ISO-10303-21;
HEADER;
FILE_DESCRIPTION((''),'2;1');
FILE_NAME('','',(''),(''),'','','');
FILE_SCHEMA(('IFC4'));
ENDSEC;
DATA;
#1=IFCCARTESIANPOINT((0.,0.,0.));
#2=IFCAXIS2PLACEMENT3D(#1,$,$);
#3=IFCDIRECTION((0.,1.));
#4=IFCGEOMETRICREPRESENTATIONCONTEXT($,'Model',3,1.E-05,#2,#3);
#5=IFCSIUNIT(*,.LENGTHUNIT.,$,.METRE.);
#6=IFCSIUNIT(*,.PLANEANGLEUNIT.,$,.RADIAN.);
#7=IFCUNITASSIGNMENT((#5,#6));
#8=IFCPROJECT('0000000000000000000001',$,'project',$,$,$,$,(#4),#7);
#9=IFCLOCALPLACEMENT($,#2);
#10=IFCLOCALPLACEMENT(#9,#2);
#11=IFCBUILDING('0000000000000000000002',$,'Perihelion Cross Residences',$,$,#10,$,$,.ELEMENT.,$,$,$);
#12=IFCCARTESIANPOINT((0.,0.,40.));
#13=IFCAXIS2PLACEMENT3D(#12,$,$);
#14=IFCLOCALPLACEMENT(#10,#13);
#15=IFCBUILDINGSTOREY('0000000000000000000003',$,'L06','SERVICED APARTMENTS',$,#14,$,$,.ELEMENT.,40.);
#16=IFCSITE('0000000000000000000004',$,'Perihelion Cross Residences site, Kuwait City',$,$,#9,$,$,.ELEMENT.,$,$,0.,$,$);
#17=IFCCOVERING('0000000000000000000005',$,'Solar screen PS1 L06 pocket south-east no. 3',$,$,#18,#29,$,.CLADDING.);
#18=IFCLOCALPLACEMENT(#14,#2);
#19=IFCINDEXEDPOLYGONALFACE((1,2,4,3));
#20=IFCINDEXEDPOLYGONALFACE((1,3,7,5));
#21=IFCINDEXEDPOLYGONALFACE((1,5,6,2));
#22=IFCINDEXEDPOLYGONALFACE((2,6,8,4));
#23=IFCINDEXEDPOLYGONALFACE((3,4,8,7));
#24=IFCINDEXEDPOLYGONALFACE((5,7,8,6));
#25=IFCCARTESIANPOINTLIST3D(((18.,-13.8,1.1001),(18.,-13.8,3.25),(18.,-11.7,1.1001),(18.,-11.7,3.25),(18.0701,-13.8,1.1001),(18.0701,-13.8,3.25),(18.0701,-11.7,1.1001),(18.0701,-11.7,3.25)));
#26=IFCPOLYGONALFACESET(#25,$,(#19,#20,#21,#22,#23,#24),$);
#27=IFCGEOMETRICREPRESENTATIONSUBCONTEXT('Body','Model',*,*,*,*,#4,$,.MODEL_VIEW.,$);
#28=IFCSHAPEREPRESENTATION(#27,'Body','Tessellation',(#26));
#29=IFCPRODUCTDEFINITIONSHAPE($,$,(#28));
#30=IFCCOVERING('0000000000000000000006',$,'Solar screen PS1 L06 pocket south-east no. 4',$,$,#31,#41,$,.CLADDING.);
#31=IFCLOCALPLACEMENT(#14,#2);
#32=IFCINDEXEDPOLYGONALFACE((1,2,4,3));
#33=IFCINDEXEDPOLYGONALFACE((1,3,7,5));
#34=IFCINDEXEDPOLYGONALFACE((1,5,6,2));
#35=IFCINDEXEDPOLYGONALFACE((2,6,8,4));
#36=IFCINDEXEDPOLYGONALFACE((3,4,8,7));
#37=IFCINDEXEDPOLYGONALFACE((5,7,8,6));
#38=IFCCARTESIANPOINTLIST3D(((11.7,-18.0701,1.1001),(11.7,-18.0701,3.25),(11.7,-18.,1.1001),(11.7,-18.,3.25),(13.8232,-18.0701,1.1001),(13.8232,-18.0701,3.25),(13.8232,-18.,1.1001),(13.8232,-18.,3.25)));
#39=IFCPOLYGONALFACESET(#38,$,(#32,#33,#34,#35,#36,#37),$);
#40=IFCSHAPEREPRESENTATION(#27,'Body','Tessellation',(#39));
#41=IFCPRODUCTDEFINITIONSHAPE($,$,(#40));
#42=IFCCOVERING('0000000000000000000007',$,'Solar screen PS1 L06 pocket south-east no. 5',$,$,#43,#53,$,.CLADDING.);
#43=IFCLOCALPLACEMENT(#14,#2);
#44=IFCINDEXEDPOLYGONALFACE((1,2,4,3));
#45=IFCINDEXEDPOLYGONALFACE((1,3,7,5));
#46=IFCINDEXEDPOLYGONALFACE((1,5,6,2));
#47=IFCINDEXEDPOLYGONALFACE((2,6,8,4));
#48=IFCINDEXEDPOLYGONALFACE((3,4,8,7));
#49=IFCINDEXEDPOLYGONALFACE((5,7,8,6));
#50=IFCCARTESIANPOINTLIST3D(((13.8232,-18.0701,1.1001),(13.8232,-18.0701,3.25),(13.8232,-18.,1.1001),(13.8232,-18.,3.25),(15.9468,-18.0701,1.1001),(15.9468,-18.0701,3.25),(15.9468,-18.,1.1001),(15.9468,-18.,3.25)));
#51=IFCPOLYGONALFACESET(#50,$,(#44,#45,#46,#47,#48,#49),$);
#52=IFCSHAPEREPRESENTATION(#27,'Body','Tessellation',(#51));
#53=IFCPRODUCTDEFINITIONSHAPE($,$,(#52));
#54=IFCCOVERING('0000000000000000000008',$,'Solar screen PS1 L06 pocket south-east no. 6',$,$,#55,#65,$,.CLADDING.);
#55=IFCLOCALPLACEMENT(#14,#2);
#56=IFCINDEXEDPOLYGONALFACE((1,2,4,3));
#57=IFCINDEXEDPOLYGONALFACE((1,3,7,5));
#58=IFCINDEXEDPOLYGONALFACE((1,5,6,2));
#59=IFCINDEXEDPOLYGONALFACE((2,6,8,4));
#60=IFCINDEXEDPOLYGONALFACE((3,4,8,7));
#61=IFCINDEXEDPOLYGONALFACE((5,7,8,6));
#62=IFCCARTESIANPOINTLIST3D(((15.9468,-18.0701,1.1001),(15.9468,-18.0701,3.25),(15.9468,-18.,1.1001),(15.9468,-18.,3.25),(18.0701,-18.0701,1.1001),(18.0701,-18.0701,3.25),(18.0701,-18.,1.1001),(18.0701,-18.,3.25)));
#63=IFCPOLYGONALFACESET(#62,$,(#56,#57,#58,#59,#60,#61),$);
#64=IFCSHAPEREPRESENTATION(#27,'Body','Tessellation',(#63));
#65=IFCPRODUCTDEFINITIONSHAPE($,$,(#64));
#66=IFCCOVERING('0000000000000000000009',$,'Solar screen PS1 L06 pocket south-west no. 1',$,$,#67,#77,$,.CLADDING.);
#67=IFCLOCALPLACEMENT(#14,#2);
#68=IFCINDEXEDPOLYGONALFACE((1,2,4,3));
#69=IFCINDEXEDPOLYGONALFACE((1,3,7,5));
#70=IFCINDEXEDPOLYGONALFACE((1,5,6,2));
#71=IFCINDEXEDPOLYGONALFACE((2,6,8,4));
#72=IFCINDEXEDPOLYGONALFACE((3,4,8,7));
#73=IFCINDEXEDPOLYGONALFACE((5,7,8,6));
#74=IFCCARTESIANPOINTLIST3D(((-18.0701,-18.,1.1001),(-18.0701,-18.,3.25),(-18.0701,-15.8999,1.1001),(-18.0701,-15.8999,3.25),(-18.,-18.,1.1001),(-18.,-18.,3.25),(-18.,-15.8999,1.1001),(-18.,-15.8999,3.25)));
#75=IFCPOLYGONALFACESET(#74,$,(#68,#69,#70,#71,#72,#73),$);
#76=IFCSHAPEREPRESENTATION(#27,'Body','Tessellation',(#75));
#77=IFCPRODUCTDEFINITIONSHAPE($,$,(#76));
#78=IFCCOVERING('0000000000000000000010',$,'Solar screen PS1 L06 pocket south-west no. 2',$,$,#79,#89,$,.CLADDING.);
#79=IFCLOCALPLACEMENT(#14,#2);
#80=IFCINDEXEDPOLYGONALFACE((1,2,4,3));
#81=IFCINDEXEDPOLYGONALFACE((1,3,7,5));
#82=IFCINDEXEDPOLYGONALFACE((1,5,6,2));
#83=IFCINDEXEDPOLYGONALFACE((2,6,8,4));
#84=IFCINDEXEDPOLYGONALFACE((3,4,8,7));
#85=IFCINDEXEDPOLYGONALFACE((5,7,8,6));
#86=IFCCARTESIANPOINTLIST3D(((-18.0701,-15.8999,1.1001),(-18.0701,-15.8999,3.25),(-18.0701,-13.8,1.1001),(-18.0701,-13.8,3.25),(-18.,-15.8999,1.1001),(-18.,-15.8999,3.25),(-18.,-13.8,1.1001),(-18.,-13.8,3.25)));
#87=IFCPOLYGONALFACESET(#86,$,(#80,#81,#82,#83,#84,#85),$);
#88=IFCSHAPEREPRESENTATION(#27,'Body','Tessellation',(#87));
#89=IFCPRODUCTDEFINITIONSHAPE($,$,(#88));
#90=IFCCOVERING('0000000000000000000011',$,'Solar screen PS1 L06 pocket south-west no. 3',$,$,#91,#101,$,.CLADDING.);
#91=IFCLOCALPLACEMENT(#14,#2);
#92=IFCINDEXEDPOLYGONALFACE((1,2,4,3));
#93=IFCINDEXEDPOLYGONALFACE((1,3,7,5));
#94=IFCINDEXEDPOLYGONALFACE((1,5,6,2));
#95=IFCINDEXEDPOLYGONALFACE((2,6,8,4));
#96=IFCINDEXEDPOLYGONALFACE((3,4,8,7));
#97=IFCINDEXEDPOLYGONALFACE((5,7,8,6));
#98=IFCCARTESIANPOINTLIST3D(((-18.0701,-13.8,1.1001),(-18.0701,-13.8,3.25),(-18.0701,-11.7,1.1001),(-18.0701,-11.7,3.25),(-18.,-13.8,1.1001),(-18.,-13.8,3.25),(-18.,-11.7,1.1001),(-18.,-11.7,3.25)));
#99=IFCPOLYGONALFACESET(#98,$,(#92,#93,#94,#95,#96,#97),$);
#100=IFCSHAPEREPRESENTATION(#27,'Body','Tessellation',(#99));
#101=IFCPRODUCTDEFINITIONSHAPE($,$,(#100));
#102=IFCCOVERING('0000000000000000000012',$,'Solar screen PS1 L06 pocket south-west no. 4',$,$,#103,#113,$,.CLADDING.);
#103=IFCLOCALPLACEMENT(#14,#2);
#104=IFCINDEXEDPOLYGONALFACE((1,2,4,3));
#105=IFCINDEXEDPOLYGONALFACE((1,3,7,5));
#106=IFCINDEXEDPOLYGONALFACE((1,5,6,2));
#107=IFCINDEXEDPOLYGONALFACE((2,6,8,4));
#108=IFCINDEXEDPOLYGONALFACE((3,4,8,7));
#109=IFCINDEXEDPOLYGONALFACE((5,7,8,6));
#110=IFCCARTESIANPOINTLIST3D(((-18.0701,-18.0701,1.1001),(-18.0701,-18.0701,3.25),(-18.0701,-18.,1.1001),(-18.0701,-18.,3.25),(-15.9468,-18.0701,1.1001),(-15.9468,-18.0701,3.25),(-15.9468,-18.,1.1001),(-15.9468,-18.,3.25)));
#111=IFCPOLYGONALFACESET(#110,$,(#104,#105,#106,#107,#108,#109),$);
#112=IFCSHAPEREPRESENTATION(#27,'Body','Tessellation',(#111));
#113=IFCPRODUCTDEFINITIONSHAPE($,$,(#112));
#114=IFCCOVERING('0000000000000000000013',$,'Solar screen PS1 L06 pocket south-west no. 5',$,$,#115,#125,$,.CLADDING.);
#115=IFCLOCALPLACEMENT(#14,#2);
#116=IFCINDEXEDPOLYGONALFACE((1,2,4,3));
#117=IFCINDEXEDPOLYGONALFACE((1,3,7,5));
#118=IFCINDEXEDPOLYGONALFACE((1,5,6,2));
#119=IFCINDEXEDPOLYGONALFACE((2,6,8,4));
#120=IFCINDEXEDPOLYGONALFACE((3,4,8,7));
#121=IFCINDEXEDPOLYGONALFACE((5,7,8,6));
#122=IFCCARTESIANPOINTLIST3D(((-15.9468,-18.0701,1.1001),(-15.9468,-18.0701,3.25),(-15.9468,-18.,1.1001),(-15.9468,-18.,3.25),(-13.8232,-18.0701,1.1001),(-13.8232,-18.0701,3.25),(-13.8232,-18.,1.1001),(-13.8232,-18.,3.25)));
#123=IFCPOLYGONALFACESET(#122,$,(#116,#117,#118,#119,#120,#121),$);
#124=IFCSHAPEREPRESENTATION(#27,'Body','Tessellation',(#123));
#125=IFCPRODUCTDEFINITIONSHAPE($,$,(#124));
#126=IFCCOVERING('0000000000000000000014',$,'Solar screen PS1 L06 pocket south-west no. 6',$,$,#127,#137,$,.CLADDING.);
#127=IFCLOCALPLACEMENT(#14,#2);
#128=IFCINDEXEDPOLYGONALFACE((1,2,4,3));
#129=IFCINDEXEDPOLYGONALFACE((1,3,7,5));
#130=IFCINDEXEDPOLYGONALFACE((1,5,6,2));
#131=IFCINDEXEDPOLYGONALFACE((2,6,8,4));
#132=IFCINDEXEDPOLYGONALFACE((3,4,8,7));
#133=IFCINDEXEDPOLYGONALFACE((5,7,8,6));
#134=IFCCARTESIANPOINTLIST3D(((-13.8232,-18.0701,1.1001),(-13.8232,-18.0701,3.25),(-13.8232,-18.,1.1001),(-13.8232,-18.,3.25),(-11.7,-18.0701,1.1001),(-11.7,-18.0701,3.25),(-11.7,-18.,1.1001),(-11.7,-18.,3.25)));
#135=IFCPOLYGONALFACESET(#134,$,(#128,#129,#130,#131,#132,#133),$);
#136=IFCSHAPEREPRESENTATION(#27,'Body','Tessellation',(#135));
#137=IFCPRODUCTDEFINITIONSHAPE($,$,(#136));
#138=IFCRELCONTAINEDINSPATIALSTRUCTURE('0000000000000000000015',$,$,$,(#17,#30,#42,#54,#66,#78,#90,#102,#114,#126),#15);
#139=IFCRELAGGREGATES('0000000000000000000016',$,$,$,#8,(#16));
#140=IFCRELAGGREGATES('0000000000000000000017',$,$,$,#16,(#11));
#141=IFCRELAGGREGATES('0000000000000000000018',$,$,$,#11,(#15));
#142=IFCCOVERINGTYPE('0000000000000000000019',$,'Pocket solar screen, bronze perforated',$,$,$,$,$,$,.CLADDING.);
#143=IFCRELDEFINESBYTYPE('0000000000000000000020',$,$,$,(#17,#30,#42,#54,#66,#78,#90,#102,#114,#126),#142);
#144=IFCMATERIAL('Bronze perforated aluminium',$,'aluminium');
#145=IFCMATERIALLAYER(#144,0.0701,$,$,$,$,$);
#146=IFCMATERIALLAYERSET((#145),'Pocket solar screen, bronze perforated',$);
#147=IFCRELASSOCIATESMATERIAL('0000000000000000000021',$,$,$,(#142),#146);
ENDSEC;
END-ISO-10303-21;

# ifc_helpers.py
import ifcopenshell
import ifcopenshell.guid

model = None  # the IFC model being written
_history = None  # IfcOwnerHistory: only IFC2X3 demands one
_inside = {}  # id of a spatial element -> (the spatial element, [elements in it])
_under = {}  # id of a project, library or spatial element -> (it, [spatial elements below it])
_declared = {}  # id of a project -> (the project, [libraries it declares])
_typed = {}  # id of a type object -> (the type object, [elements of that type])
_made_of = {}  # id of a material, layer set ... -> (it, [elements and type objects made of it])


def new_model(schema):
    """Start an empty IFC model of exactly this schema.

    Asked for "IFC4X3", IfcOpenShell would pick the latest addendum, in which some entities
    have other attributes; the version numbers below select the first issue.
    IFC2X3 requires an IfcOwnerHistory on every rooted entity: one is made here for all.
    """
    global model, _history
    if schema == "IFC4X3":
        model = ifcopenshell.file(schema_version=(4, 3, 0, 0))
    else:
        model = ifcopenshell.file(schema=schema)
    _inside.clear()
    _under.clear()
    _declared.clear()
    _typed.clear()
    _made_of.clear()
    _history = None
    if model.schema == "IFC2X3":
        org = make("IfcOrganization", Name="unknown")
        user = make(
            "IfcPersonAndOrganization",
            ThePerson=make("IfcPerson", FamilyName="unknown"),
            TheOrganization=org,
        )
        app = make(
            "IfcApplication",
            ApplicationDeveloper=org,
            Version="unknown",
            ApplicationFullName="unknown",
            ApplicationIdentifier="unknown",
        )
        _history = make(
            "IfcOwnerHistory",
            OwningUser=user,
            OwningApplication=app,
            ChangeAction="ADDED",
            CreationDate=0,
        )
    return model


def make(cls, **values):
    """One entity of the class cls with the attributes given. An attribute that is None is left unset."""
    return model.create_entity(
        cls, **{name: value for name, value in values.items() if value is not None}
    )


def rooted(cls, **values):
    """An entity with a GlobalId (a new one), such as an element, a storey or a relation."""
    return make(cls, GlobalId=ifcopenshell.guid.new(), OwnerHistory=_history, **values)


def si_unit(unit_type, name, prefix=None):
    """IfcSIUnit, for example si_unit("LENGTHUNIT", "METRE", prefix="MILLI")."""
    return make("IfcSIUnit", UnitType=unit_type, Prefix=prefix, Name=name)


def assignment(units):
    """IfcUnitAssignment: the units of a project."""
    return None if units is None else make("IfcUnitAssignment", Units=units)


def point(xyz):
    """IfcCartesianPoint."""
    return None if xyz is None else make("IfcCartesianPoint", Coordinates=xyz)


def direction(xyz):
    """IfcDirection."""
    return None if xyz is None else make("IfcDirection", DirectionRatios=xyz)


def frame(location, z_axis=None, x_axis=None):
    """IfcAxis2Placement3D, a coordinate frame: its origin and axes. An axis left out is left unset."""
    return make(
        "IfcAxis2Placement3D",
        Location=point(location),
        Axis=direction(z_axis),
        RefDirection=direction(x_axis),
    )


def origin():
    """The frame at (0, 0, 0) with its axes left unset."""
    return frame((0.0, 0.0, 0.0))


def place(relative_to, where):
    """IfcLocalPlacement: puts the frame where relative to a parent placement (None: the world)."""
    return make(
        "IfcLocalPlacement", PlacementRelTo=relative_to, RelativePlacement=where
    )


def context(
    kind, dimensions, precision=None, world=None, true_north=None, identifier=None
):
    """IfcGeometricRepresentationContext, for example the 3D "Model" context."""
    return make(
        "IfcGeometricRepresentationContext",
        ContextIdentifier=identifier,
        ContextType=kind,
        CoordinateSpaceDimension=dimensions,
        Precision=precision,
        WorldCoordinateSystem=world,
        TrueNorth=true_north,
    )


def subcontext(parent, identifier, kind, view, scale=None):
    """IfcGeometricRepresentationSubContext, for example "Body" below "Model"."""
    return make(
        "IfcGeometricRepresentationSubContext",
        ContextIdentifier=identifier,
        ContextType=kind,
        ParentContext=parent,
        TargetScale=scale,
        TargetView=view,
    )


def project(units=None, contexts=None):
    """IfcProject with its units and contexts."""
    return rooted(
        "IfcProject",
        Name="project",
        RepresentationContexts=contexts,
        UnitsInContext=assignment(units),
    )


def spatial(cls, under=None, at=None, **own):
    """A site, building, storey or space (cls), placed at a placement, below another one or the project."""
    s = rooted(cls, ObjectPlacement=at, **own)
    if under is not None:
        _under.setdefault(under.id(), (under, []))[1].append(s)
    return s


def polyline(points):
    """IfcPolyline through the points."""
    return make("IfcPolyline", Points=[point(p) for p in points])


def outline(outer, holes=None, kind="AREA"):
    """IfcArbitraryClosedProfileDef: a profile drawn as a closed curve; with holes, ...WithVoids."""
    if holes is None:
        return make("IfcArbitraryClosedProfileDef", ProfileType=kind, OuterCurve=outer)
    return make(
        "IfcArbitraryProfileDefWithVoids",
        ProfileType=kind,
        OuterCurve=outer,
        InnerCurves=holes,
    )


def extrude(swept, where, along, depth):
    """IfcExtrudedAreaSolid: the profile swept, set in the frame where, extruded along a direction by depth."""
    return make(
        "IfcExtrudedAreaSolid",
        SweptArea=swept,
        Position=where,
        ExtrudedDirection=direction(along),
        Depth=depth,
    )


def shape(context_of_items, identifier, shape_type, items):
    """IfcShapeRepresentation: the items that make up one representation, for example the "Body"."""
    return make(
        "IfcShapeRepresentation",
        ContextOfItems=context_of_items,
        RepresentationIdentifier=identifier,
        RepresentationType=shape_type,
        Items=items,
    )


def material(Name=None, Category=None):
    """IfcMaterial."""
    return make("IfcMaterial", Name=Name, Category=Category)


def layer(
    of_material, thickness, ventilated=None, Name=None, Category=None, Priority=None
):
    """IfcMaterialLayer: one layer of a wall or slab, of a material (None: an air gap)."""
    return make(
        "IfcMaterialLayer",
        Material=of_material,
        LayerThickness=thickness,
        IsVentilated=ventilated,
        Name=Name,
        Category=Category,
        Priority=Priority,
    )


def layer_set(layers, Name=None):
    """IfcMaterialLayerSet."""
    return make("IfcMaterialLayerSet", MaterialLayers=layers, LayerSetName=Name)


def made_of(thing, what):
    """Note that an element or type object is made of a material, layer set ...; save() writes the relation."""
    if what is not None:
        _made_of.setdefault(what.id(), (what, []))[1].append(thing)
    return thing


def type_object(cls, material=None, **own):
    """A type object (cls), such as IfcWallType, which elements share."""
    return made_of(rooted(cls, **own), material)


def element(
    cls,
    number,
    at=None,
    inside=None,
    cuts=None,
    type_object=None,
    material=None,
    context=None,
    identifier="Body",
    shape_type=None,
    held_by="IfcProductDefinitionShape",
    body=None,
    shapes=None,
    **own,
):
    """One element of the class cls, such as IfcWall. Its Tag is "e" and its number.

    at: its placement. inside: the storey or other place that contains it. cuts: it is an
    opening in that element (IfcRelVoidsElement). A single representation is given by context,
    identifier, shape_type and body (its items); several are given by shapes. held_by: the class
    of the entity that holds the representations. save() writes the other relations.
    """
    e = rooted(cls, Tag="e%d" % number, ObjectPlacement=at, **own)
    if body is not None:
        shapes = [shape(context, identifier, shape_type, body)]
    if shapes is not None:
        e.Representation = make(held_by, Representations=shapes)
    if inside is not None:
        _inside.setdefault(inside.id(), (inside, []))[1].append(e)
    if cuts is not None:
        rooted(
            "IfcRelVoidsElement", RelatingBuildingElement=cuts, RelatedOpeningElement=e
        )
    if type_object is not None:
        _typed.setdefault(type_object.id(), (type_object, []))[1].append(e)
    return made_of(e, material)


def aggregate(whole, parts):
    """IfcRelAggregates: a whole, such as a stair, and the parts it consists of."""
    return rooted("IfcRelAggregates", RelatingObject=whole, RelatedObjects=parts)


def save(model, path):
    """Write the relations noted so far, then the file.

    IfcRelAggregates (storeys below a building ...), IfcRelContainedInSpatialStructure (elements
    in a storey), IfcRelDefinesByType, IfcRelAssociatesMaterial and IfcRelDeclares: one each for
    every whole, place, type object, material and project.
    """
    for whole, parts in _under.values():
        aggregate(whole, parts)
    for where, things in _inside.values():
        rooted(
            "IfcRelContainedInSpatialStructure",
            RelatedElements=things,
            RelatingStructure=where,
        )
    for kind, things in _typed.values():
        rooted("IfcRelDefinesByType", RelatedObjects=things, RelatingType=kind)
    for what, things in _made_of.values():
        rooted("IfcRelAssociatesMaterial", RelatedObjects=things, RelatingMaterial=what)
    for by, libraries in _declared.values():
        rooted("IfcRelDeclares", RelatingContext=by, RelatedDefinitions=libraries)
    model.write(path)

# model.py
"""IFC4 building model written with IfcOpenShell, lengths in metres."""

from ifc_helpers import new_model, si_unit, direction, frame, origin, place, context, subcontext, project, spatial, polyline, outline, extrude, material, layer, layer_set, type_object, element, save


model = new_model("IFC4")

# Units and contexts
model_context = context("Model", 3, precision=1e-05, world=origin(), true_north=direction((0.0, 1.0)))
body_context = subcontext(model_context, "Body", "Model", "MODEL_VIEW")
ifc_project = project(units=[si_unit("LENGTHUNIT", "METRE"), si_unit("PLANEANGLEUNIT", "RADIAN")], contexts=[model_context])

# Site, building, storey
site_placement = place(None, origin())
site = spatial("IfcSite", under=ifc_project, at=site_placement, Name="Perihelion Cross Residences site, Kuwait City", CompositionType="ELEMENT", RefElevation=0.0)
building_placement = place(site_placement, origin())
building = spatial("IfcBuilding", under=site, at=building_placement, Name="Perihelion Cross Residences", CompositionType="ELEMENT")
storey_placement = place(building_placement, frame((0.0, 0.0, 40.0)))
storey = spatial("IfcBuildingStorey", under=building, at=storey_placement, Name="L06", Description="SERVICED APARTMENTS", CompositionType="ELEMENT", Elevation=40.0)

# Coverings
ifc_material_1 = material(Name="Bronze perforated aluminium", Category="aluminium")
ifc_layer_1 = layer(ifc_material_1, 0.0701)
ifc_layer_set_1 = layer_set([ifc_layer_1], Name="Pocket solar screen, bronze perforated")
covering_type_1 = type_object("IfcCoveringType", Name="Pocket solar screen, bronze perforated", PredefinedType="CLADDING", material=ifc_layer_set_1)
covering_1_placement = place(storey_placement, frame((0.0, 0.0, 1.1001)))
element("IfcCovering", 1, at=covering_1_placement, inside=storey, type_object=covering_type_1, Name="Solar screen PS1 L06 pocket south-east no. 3", PredefinedType="CLADDING", context=body_context, shape_type="SweptSolid", body=[
    extrude(outline(polyline([(18.0701, -13.8), (18.0701, -11.7), (18.0, -11.7), (18.0, -13.8), (18.0701, -13.8)])), origin(), (0.0, 0.0, 1.0), 2.1499),
])
covering_2_placement = place(storey_placement, frame((0.0, 0.0, 1.1001)))
element("IfcCovering", 2, at=covering_2_placement, inside=storey, type_object=covering_type_1, Name="Solar screen PS1 L06 pocket south-east no. 4", PredefinedType="CLADDING", context=body_context, shape_type="SweptSolid", body=[
    extrude(outline(polyline([(13.8232, -18.0701), (13.8232, -18.0), (11.7, -18.0), (11.7, -18.0701), (13.8232, -18.0701)])), origin(), (0.0, 0.0, 1.0), 2.1499),
])
covering_3_placement = place(storey_placement, frame((0.0, 0.0, 1.1001)))
element("IfcCovering", 3, at=covering_3_placement, inside=storey, type_object=covering_type_1, Name="Solar screen PS1 L06 pocket south-east no. 5", PredefinedType="CLADDING", context=body_context, shape_type="SweptSolid", body=[
    extrude(outline(polyline([(15.9468, -18.0701), (15.9468, -18.0), (13.8232, -18.0), (13.8232, -18.0701), (15.9468, -18.0701)])), origin(), (0.0, 0.0, 1.0), 2.1499),
])
covering_4_placement = place(storey_placement, frame((0.0, 0.0, 1.1001)))
element("IfcCovering", 4, at=covering_4_placement, inside=storey, type_object=covering_type_1, Name="Solar screen PS1 L06 pocket south-east no. 6", PredefinedType="CLADDING", context=body_context, shape_type="SweptSolid", body=[
    extrude(outline(polyline([(18.0701, -18.0701), (18.0701, -18.0), (15.9468, -18.0), (15.9468, -18.0701), (18.0701, -18.0701)])), origin(), (0.0, 0.0, 1.0), 2.1499),
])
covering_5_placement = place(storey_placement, frame((0.0, 0.0, 1.1001)))
element("IfcCovering", 5, at=covering_5_placement, inside=storey, type_object=covering_type_1, Name="Solar screen PS1 L06 pocket south-west no. 1", PredefinedType="CLADDING", context=body_context, shape_type="SweptSolid", body=[
    extrude(outline(polyline([(-18.0, -18.0), (-18.0, -15.8999), (-18.0701, -15.8999), (-18.0701, -18.0), (-18.0, -18.0)])), origin(), (0.0, 0.0, 1.0), 2.1499),
])
covering_6_placement = place(storey_placement, frame((0.0, 0.0, 1.1001)))
element("IfcCovering", 6, at=covering_6_placement, inside=storey, type_object=covering_type_1, Name="Solar screen PS1 L06 pocket south-west no. 2", PredefinedType="CLADDING", context=body_context, shape_type="SweptSolid", body=[
    extrude(outline(polyline([(-18.0, -15.8999), (-18.0, -13.8), (-18.0701, -13.8), (-18.0701, -15.8999), (-18.0, -15.8999)])), origin(), (0.0, 0.0, 1.0), 2.1499),
])
covering_7_placement = place(storey_placement, frame((0.0, 0.0, 1.1001)))
element("IfcCovering", 7, at=covering_7_placement, inside=storey, type_object=covering_type_1, Name="Solar screen PS1 L06 pocket south-west no. 3", PredefinedType="CLADDING", context=body_context, shape_type="SweptSolid", body=[
    extrude(outline(polyline([(-18.0, -13.8), (-18.0, -11.7), (-18.0701, -11.7), (-18.0701, -13.8), (-18.0, -13.8)])), origin(), (0.0, 0.0, 1.0), 2.1499),
])
covering_8_placement = place(storey_placement, frame((0.0, 0.0, 1.1001)))
element("IfcCovering", 8, at=covering_8_placement, inside=storey, type_object=covering_type_1, Name="Solar screen PS1 L06 pocket south-west no. 4", PredefinedType="CLADDING", context=body_context, shape_type="SweptSolid", body=[
    extrude(outline(polyline([(-15.9468, -18.0701), (-15.9468, -18.0), (-18.0701, -18.0), (-18.0701, -18.0701), (-15.9468, -18.0701)])), origin(), (0.0, 0.0, 1.0), 2.1499),
])
covering_9_placement = place(storey_placement, frame((0.0, 0.0, 1.1001)))
element("IfcCovering", 9, at=covering_9_placement, inside=storey, type_object=covering_type_1, Name="Solar screen PS1 L06 pocket south-west no. 5", PredefinedType="CLADDING", context=body_context, shape_type="SweptSolid", body=[
    extrude(outline(polyline([(-13.8232, -18.0701), (-13.8232, -18.0), (-15.9468, -18.0), (-15.9468, -18.0701), (-13.8232, -18.0701)])), origin(), (0.0, 0.0, 1.0), 2.1499),
])
covering_10_placement = place(storey_placement, frame((0.0, 0.0, 1.1001)))
element("IfcCovering", 10, at=covering_10_placement, inside=storey, type_object=covering_type_1, Name="Solar screen PS1 L06 pocket south-west no. 6", PredefinedType="CLADDING", context=body_context, shape_type="SweptSolid", body=[
    extrude(outline(polyline([(-11.7, -18.0701), (-11.7, -18.0), (-13.8232, -18.0), (-13.8232, -18.0701), (-11.7, -18.0701)])), origin(), (0.0, 0.0, 1.0), 2.1499),
])

save(model, "model.ifc")
